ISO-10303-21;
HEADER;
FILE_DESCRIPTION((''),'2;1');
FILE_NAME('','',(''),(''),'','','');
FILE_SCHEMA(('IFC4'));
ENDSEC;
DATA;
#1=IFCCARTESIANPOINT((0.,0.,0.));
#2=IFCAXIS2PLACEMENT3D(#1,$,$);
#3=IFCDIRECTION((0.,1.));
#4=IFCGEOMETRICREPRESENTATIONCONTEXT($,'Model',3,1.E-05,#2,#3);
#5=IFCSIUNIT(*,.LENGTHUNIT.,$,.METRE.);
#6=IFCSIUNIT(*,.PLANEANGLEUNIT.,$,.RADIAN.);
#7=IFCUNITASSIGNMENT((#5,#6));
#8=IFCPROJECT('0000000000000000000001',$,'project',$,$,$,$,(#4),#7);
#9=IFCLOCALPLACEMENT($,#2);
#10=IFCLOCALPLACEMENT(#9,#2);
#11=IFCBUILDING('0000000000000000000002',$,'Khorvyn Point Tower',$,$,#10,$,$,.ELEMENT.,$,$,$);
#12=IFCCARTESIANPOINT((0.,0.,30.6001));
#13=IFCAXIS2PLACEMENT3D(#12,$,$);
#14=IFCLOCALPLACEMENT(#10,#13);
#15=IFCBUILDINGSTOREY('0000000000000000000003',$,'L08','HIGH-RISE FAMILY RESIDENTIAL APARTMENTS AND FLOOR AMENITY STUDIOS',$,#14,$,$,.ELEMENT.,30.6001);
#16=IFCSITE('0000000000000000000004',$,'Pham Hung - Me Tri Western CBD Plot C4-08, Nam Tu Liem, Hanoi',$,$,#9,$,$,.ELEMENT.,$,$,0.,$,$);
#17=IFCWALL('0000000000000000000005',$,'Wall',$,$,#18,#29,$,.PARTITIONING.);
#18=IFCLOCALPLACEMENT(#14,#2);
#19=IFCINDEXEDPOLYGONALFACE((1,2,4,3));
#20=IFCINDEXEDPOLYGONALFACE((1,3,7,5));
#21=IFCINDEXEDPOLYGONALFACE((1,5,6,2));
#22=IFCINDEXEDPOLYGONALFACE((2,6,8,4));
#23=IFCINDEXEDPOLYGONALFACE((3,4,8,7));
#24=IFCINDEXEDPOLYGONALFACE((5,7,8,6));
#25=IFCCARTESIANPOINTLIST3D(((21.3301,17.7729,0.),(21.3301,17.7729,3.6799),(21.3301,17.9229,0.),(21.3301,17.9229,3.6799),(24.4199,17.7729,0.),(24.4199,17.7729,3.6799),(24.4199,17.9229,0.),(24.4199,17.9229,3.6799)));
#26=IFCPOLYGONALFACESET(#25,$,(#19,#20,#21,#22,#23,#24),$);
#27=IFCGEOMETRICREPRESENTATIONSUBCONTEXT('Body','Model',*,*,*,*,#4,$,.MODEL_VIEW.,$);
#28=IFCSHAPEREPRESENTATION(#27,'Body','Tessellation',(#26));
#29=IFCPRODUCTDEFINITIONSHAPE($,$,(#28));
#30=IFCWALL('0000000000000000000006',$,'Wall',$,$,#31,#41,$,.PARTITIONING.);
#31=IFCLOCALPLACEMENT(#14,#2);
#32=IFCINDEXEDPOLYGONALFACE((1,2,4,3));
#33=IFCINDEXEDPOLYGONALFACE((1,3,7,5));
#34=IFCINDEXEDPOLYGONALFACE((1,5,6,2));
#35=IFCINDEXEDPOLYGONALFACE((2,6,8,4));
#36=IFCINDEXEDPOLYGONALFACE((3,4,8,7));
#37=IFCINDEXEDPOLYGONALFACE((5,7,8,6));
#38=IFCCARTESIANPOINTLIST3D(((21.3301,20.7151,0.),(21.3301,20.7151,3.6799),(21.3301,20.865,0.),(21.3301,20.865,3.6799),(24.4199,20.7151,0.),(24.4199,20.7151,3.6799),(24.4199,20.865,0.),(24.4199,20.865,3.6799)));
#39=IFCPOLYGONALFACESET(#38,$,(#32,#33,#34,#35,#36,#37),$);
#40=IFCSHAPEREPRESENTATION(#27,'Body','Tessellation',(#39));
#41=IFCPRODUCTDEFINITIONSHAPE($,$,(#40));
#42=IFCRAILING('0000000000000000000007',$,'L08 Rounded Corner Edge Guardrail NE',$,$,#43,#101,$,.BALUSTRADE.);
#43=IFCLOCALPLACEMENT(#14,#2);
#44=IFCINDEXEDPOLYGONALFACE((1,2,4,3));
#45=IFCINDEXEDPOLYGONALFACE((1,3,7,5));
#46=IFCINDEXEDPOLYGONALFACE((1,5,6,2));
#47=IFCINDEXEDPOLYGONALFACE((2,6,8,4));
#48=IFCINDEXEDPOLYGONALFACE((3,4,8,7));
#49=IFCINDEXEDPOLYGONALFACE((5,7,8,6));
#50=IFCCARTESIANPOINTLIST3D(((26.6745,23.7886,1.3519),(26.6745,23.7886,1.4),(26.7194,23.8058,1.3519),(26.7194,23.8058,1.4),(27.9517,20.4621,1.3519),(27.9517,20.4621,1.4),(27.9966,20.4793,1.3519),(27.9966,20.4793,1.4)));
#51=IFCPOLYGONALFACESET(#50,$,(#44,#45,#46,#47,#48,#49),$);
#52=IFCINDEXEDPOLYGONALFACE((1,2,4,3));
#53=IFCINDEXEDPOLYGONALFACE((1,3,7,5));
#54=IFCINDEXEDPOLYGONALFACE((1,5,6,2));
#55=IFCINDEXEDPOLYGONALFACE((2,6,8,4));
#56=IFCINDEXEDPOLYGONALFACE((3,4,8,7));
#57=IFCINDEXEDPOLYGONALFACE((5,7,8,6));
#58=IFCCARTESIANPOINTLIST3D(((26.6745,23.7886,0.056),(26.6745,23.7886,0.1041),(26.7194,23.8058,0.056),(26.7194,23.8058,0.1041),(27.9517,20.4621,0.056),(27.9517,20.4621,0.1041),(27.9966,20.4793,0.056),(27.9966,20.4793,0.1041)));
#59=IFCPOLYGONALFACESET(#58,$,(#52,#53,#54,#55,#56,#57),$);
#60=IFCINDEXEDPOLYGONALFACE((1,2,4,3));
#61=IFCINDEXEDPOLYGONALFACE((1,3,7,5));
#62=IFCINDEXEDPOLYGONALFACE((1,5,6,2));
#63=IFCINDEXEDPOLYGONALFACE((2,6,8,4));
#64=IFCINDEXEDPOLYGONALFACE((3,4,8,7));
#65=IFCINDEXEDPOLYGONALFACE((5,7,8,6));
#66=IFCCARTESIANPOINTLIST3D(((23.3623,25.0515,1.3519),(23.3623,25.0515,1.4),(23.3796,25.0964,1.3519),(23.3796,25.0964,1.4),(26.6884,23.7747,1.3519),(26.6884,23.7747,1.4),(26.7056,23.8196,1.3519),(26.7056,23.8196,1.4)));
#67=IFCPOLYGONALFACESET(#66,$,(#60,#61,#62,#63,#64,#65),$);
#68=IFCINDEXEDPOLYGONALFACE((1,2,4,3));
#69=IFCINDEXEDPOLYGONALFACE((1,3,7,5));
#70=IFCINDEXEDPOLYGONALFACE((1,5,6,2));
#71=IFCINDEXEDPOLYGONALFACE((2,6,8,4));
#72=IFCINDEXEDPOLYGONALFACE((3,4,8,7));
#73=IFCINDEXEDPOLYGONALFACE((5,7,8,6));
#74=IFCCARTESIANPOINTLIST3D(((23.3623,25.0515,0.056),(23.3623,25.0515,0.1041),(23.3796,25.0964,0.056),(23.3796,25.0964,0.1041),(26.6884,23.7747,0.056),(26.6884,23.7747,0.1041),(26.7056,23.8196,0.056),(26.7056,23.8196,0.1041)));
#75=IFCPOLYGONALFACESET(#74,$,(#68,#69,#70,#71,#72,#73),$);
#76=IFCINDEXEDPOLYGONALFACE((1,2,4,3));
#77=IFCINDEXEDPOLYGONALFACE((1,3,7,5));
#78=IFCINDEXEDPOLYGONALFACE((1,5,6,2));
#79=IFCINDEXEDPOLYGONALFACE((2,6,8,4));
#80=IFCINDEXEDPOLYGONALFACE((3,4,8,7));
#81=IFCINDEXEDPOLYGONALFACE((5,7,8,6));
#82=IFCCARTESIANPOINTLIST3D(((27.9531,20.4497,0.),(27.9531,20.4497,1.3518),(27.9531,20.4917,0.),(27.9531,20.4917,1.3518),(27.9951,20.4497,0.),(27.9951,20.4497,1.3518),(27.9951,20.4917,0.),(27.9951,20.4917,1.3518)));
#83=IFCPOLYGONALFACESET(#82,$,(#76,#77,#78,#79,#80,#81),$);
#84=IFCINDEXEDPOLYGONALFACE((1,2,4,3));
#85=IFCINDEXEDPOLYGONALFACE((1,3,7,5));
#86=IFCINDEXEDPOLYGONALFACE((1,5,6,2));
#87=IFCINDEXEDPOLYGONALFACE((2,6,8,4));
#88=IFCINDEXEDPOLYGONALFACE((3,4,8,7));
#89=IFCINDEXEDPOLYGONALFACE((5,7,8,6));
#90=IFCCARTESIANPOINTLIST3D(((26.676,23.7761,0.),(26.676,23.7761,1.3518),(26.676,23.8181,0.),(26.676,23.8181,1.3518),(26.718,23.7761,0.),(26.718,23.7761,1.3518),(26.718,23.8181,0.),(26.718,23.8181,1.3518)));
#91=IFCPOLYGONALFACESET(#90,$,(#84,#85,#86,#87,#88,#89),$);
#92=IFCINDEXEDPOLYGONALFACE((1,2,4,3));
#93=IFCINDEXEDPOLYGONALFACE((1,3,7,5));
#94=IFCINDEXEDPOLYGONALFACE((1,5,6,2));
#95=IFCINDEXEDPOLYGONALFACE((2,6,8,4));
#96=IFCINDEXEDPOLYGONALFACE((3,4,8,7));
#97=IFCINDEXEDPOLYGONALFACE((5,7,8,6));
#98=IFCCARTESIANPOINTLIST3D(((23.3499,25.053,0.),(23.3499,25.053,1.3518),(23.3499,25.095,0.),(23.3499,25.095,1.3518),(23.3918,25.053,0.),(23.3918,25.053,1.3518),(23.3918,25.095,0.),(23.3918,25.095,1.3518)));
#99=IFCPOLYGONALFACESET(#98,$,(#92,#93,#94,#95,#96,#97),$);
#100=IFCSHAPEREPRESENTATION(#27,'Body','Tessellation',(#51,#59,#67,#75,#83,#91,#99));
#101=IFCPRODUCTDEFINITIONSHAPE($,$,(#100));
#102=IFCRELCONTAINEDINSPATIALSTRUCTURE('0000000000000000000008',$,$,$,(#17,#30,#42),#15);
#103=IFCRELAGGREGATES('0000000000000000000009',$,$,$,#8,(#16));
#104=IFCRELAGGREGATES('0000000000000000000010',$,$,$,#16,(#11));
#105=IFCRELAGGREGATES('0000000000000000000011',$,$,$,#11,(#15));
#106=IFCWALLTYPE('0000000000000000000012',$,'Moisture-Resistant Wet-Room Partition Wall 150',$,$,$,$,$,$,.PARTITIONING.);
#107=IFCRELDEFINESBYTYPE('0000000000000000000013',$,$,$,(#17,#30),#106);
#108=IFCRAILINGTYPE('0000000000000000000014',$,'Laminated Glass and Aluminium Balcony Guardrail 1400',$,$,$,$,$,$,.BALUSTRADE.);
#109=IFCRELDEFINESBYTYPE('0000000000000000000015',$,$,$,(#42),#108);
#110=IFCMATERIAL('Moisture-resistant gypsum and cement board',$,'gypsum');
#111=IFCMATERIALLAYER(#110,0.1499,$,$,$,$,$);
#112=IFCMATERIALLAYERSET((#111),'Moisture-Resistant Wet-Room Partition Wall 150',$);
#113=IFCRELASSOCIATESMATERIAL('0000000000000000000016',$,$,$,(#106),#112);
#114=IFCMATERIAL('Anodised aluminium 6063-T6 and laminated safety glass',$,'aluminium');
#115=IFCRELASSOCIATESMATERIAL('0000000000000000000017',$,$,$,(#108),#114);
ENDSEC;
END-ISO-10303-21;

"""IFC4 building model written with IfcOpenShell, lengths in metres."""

from ifc_helpers import new_model, si_unit, direction, frame, frame_2d, origin, origin_2d, place, context, subcontext, project, spatial, rectangle, extrude, material, layer, layer_set, type_object, element, save


model = new_model("IFC4")

# Units and contexts
model_context = context("Model", 3, precision=1e-05, world=origin(), true_north=direction((0.0, 1.0)))
body_context = subcontext(model_context, "Body", "Model", "MODEL_VIEW")
ifc_project = project(units=[si_unit("LENGTHUNIT", "METRE"), si_unit("PLANEANGLEUNIT", "RADIAN")], contexts=[model_context])

# Site, building, storey
site_placement = place(None, origin())
site = spatial("IfcSite", under=ifc_project, at=site_placement, Name="Pham Hung - Me Tri Western CBD Plot C4-08, Nam Tu Liem, Hanoi", CompositionType="ELEMENT", RefElevation=0.0)
building_placement = place(site_placement, origin())
building = spatial("IfcBuilding", under=site, at=building_placement, Name="Khorvyn Point Tower", CompositionType="ELEMENT")
storey_placement = place(building_placement, frame((0.0, 0.0, 30.6001)))
storey = spatial("IfcBuildingStorey", under=building, at=storey_placement, Name="L08", Description="HIGH-RISE FAMILY RESIDENTIAL APARTMENTS AND FLOOR AMENITY STUDIOS", CompositionType="ELEMENT", Elevation=30.6001)

# Shared definitions
ifc_material_1 = material(Name="Moisture-resistant gypsum and cement board", Category="gypsum")
ifc_layer_1 = layer(ifc_material_1, 0.1499)
ifc_layer_set_1 = layer_set([ifc_layer_1], Name="Moisture-Resistant Wet-Room Partition Wall 150")
wall_type_1 = type_object("IfcWallType", Name="Moisture-Resistant Wet-Room Partition Wall 150", PredefinedType="PARTITIONING", material=ifc_layer_set_1)

# Walls
for number, where, z_axis, x_axis, name in (
    (1, (21.3301, 17.8479, 0.0), (0.0, 0.0, 1.0), (1.0, 0.0, 0.0), "Wall"),
    (2, (21.3301, 20.79, 0.0), (0.0, 0.0, 1.0), (1.0, 0.0, 0.0), "Wall"),
):
    element("IfcWall", number, at=place(storey_placement, frame(where, z_axis=z_axis, x_axis=x_axis)), inside=storey, type_object=wall_type_1, Name=name, PredefinedType="PARTITIONING", context=body_context, shape_type="SweptSolid", body=[
        extrude(rectangle(XDim=3.0898, YDim=0.1499, at=frame_2d((1.5449, 0.0))), origin(), (0.0, 0.0, 1.0), 3.6799),
    ])

# Railing
ifc_material_2 = material(Name="Anodised aluminium 6063-T6 and laminated safety glass", Category="aluminium")
railing_type = type_object("IfcRailingType", Name="Laminated Glass and Aluminium Balcony Guardrail 1400", PredefinedType="BALUSTRADE", material=ifc_material_2)
railing_placement = place(storey_placement, frame((27.9741, 20.4707, 0.0)))
element("IfcRailing", 3, at=railing_placement, inside=storey, type_object=railing_type, Name="L08 Rounded Corner Edge Guardrail NE", PredefinedType="BALUSTRADE", context=body_context, shape_type="SweptSolid", body=[
    extrude(rectangle(XDim=0.0481, YDim=0.0481, at=origin_2d()), frame((0.0, 0.0, 1.376), z_axis=(-0.358419, 0.933561, 0.0), x_axis=(-0.933561, -0.358419, 0.0)), (0.0, 0.0, 1.0), 3.5632),
    extrude(rectangle(XDim=0.0481, YDim=0.0481, at=origin_2d()), frame((0.0, 0.0, 0.0801), z_axis=(-0.358419, 0.933561, 0.0), x_axis=(-0.933561, -0.358419, 0.0)), (0.0, 0.0, 1.0), 3.5632),
    extrude(rectangle(XDim=0.0481, YDim=0.0481, at=origin_2d()), frame((-1.2771, 3.3264, 1.376), z_axis=(-0.933575, 0.358382, 0.0), x_axis=(-0.358382, -0.933575, 0.0)), (0.0, 0.0, 1.0), 3.5627),
    extrude(rectangle(XDim=0.0481, YDim=0.0481, at=origin_2d()), frame((-1.2771, 3.3264, 0.0801), z_axis=(-0.933575, 0.358382, 0.0), x_axis=(-0.358382, -0.933575, 0.0)), (0.0, 0.0, 1.0), 3.5627),
    extrude(rectangle(XDim=0.042, YDim=0.042, at=origin_2d()), origin(), (0.0, 0.0, 1.0), 1.3518),
    extrude(rectangle(XDim=0.042, YDim=0.042, at=origin_2d()), frame((-1.2771, 3.3264, 0.0)), (0.0, 0.0, 1.0), 1.3518),
    extrude(rectangle(XDim=0.042, YDim=0.042, at=origin_2d()), frame((-4.6033, 4.6033, 0.0)), (0.0, 0.0, 1.0), 1.3518),
])

save(model, "model.ifc")
